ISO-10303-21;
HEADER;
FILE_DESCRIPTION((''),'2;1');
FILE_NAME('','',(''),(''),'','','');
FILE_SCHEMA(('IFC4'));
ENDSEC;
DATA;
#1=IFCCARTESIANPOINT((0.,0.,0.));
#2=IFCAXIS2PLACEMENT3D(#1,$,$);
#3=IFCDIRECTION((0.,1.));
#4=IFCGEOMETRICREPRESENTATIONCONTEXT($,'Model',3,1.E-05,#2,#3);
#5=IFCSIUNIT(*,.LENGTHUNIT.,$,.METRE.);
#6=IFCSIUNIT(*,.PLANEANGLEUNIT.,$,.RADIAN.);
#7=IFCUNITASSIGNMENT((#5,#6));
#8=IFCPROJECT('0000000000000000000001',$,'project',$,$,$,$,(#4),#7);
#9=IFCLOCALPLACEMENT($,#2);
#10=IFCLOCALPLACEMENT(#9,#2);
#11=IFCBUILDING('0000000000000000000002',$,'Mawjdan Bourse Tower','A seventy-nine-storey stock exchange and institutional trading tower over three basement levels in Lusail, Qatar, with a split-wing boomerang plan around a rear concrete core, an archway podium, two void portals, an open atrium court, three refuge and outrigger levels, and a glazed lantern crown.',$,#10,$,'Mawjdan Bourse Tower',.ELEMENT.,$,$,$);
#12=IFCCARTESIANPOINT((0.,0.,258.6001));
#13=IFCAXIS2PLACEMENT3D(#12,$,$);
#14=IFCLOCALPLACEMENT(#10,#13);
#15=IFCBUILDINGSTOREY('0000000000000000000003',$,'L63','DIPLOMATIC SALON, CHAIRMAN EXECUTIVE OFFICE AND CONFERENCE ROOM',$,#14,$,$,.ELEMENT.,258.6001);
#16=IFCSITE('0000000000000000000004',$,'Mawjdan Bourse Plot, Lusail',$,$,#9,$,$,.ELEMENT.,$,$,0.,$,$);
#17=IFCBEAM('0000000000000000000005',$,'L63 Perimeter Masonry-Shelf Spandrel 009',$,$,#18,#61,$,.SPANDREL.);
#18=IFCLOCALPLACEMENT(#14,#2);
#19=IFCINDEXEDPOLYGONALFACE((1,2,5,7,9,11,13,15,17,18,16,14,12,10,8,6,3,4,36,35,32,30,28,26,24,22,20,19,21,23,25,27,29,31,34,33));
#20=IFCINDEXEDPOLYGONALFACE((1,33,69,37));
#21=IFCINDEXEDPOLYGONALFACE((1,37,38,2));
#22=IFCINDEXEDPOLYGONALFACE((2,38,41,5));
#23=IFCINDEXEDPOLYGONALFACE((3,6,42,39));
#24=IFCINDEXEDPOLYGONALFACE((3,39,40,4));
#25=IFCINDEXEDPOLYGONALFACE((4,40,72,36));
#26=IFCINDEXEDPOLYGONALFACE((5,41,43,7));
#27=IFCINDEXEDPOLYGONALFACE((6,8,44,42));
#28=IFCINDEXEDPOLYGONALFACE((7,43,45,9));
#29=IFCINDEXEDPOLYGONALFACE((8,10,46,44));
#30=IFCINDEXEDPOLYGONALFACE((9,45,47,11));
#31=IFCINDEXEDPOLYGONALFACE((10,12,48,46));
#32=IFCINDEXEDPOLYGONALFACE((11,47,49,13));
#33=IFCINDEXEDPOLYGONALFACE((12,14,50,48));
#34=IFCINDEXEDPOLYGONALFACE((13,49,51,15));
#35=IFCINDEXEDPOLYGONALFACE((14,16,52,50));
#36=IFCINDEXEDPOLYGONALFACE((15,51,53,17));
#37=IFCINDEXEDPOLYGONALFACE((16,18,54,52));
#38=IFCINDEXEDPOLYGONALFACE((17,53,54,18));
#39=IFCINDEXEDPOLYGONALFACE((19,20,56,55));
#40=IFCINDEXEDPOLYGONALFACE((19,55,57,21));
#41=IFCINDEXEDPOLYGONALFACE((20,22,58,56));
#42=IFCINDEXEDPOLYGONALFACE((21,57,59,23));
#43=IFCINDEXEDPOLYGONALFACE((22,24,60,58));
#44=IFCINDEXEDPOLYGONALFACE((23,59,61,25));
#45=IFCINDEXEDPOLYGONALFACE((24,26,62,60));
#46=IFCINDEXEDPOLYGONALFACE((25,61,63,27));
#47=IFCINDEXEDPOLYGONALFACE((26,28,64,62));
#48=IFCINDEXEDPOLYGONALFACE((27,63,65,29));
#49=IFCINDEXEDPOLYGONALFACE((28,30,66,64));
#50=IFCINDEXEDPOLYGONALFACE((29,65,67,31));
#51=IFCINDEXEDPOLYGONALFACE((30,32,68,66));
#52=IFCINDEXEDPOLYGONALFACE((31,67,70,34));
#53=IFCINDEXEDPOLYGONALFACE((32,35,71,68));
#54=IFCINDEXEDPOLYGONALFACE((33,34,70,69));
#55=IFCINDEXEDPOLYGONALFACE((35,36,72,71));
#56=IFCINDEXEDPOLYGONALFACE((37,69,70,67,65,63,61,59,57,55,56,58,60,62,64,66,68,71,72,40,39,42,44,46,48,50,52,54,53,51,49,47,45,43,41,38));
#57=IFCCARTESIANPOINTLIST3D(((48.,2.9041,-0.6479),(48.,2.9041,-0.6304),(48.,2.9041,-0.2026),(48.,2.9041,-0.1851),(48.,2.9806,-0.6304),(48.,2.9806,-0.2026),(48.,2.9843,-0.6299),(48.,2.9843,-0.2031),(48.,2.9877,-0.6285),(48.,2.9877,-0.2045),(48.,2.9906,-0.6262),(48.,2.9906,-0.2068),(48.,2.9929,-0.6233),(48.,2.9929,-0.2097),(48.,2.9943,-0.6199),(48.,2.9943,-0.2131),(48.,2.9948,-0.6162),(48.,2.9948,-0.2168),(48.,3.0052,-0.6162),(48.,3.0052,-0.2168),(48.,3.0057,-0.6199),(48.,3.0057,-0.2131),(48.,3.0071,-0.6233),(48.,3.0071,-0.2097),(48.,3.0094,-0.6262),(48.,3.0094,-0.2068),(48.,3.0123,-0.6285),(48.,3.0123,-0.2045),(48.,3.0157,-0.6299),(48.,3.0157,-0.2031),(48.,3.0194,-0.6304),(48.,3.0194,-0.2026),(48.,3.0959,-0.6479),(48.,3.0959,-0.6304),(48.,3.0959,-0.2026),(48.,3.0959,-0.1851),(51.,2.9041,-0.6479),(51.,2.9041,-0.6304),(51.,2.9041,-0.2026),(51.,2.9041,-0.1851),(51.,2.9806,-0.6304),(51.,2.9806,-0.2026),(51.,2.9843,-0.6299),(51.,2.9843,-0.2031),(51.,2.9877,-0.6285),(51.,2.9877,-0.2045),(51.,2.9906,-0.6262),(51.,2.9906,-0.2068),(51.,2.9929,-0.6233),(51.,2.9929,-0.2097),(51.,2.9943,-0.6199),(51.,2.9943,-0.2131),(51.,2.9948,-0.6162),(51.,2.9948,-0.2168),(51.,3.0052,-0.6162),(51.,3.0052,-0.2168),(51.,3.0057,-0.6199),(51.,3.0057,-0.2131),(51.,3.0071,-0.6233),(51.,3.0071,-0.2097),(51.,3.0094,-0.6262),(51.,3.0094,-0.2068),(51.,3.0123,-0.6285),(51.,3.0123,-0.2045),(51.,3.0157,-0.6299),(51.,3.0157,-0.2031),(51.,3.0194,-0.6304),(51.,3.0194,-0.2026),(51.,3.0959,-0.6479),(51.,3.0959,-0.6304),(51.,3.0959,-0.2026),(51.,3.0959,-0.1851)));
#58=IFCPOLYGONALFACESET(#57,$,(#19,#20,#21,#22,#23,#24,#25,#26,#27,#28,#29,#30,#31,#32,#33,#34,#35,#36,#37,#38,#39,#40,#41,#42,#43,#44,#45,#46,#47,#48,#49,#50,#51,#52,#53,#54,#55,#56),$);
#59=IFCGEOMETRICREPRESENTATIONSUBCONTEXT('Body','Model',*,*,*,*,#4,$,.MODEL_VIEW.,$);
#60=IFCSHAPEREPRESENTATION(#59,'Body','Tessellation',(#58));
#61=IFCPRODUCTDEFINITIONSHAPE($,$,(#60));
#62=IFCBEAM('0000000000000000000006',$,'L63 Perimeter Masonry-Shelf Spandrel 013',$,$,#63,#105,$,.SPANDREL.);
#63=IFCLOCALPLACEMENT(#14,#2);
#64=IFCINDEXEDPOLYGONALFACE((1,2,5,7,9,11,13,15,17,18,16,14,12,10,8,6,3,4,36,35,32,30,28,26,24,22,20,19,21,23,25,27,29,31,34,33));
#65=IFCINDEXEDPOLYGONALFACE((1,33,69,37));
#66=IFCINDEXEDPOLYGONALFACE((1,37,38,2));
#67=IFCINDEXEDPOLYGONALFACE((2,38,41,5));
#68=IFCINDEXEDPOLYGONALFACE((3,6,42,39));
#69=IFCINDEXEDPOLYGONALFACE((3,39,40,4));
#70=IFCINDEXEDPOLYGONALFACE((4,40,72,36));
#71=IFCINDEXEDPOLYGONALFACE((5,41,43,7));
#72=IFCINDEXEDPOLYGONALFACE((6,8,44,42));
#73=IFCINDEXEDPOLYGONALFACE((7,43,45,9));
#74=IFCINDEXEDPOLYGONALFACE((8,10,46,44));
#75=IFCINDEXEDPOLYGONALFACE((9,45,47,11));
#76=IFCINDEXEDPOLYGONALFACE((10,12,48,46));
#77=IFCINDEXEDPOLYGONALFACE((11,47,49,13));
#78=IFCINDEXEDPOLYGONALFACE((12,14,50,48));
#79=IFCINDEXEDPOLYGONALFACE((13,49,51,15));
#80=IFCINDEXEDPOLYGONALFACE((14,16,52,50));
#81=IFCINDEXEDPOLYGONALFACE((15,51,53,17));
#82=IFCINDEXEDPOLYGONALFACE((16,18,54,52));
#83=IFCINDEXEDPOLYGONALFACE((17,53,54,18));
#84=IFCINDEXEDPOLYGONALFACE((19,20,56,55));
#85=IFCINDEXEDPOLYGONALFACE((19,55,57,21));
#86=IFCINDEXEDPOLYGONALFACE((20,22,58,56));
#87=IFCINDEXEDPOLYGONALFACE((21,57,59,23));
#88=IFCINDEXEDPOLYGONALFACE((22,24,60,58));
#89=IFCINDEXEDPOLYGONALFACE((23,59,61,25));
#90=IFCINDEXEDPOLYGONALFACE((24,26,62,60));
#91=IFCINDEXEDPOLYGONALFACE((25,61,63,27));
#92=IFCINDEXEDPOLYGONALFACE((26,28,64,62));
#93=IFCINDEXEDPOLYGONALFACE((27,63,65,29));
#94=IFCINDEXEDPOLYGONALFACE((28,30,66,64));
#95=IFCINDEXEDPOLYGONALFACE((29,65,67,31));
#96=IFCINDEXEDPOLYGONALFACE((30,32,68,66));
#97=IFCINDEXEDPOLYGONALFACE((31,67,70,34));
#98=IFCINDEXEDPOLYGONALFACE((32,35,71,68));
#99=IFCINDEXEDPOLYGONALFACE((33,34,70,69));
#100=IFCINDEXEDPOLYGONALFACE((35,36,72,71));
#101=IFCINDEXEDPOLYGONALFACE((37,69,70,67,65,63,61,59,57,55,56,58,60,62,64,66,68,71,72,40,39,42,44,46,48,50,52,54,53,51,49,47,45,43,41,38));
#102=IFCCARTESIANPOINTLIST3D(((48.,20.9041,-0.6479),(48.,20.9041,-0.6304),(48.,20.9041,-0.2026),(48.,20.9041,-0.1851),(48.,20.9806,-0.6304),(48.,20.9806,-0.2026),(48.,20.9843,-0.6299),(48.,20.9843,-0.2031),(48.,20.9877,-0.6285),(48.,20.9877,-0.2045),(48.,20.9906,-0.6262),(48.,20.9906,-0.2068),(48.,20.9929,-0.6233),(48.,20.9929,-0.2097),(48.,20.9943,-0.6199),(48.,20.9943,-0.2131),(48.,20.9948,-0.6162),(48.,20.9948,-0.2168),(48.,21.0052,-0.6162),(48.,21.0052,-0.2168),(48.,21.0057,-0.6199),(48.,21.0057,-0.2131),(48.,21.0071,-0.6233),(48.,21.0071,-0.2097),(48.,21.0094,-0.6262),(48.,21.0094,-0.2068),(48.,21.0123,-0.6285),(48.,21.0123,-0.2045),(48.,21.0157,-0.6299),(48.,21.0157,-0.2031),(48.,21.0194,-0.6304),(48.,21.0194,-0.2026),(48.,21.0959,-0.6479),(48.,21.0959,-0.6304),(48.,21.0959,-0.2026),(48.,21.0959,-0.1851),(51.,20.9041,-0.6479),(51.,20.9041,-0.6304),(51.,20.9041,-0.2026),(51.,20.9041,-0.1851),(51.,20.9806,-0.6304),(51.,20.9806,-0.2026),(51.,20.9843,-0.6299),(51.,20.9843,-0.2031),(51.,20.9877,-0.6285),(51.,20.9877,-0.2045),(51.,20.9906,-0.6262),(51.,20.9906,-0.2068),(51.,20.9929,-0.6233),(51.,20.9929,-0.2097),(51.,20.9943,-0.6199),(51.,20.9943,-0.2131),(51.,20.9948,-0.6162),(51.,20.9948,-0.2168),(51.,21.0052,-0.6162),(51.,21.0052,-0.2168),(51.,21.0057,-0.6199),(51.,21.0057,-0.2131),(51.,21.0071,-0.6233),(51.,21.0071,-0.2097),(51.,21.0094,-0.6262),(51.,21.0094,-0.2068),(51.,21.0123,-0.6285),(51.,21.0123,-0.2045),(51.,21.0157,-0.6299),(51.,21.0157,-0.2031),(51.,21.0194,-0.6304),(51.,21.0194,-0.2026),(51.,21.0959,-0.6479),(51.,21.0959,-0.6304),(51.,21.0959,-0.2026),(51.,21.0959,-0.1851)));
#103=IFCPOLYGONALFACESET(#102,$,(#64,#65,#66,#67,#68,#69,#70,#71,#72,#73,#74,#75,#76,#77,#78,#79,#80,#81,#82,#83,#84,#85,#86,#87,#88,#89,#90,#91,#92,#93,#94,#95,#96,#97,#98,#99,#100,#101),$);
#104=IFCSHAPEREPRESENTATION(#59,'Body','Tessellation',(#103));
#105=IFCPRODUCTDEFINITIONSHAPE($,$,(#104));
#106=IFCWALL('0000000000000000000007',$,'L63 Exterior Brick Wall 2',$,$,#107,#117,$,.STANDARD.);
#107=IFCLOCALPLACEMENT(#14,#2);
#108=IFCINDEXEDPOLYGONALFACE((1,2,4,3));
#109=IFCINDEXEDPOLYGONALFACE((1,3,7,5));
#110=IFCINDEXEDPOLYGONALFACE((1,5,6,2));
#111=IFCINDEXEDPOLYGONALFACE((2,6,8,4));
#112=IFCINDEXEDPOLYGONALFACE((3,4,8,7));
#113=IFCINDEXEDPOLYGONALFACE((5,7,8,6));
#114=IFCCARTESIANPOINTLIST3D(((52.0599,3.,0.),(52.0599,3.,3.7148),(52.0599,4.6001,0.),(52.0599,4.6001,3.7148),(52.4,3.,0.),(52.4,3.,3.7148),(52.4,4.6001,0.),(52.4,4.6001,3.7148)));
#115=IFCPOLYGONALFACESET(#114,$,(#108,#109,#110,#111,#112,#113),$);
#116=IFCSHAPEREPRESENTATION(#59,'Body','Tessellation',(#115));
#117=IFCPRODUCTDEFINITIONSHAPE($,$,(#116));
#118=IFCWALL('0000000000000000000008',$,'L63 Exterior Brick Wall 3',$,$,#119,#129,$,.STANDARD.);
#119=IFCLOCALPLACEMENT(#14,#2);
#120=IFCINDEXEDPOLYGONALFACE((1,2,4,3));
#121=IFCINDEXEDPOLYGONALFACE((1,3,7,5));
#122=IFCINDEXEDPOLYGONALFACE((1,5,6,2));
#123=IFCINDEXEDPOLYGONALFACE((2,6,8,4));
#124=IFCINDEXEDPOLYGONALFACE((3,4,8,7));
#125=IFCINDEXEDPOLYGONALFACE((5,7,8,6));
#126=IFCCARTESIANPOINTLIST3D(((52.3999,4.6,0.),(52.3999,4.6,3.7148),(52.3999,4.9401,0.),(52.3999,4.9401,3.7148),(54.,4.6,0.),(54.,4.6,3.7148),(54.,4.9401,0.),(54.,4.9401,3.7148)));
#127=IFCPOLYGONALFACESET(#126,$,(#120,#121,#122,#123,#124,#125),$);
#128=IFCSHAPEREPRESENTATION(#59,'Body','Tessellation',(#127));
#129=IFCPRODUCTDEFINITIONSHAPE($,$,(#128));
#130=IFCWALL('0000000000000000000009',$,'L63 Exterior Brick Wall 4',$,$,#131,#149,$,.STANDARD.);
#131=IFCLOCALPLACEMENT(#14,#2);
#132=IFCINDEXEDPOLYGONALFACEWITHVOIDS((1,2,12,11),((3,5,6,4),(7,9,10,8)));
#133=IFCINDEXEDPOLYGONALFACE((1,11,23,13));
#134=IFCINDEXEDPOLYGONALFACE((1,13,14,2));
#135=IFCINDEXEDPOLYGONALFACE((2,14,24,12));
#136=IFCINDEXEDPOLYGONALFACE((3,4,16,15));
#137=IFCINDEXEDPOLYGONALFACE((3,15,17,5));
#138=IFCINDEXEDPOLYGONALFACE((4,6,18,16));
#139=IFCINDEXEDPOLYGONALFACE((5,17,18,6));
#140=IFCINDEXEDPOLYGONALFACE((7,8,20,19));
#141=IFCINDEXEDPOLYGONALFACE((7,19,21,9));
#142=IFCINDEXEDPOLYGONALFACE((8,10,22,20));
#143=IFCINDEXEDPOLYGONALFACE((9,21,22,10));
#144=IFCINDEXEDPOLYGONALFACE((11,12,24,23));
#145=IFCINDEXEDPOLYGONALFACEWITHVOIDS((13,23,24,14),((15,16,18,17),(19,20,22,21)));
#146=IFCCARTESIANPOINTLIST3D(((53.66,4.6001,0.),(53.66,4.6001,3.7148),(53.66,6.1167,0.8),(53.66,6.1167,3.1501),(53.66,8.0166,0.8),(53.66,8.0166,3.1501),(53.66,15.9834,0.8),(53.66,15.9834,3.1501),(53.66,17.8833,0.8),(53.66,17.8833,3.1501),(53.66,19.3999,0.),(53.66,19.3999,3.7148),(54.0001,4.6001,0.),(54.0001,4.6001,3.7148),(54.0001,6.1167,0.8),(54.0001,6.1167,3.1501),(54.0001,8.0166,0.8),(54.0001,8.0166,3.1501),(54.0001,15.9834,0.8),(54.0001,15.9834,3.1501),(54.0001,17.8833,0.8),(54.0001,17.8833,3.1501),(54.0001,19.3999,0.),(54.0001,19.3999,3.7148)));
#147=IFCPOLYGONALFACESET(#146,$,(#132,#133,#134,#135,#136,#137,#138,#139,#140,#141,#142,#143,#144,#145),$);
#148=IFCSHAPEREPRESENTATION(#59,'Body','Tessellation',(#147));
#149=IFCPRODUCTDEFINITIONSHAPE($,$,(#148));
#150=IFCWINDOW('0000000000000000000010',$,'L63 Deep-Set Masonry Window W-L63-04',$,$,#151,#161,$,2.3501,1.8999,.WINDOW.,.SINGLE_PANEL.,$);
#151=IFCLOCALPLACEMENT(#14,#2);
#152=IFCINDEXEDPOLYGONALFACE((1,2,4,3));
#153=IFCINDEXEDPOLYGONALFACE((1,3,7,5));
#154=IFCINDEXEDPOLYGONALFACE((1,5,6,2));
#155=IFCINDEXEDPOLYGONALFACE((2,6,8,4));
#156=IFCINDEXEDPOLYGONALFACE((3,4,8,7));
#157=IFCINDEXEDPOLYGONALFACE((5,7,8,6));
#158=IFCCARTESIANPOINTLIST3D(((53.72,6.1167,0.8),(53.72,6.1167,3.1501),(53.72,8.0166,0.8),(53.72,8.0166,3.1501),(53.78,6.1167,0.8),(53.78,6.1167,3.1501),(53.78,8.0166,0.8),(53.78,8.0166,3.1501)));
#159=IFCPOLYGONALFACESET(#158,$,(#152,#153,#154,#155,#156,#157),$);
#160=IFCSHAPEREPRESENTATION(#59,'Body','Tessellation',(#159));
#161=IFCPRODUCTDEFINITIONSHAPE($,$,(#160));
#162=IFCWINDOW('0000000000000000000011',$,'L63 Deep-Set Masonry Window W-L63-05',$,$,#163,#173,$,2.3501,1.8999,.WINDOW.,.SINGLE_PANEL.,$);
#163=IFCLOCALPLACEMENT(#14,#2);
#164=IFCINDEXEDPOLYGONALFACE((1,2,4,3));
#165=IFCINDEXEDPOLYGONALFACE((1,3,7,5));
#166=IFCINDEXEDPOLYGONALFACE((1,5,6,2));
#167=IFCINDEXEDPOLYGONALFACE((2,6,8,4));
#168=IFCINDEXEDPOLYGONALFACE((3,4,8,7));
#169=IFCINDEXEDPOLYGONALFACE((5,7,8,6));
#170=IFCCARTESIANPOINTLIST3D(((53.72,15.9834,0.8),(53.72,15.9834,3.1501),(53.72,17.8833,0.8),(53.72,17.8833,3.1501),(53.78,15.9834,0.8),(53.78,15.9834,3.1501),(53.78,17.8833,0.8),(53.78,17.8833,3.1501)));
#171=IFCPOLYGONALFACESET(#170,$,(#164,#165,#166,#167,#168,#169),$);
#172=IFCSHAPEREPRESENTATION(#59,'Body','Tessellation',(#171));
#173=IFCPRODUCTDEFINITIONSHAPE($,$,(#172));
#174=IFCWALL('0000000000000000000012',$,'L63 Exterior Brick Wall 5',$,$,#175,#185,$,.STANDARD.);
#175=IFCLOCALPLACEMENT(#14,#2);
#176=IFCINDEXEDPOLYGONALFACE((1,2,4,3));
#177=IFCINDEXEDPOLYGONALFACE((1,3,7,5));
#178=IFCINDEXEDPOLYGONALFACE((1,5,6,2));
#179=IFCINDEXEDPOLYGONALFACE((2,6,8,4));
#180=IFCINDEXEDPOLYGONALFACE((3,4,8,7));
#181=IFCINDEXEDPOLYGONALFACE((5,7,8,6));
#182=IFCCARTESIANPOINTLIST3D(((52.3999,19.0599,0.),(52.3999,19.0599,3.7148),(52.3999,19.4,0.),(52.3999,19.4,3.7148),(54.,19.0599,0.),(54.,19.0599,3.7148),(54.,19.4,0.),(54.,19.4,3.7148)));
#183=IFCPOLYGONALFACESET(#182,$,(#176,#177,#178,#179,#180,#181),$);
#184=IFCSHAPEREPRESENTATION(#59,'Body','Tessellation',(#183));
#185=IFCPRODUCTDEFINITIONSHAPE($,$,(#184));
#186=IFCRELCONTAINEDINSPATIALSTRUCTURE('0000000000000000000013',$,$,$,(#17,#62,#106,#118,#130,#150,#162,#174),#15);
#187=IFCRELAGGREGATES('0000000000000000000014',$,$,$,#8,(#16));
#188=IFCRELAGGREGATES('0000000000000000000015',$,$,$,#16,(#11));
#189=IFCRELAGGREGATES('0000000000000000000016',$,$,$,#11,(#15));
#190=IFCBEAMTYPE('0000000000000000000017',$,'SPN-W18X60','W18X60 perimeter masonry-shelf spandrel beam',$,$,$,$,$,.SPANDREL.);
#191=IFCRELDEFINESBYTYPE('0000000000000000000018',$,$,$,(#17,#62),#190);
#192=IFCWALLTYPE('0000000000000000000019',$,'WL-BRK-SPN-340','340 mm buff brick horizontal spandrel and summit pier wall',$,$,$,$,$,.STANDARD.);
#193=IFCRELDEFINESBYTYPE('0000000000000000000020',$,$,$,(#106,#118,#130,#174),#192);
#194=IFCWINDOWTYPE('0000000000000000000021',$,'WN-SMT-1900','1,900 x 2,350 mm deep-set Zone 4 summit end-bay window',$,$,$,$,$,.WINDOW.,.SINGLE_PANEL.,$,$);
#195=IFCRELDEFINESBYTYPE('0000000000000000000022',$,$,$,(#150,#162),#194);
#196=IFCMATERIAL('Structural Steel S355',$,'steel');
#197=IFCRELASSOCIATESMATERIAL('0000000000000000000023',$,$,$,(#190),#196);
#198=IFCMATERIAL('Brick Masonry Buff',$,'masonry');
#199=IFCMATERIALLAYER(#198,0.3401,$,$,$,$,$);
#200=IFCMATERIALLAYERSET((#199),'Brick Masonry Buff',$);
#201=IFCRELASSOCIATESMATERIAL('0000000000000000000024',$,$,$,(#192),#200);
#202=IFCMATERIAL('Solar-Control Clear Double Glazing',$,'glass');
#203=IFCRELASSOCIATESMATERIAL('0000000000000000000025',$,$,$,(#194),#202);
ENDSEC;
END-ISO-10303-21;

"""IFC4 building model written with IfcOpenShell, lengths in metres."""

from ifc_helpers import new_model, si_unit, direction, frame, frame_2d, origin, origin_2d, place, context, subcontext, project, spatial, rectangle, i_section, extrude, material, layer, layer_set, material_profile, profile_set, type_object, element, fill, save


model = new_model("IFC4")

# Units and contexts
model_context = context("Model", 3, precision=1e-05, world=origin(), true_north=direction((0.0, 1.0)))
body_context = subcontext(model_context, "Body", "Model", "MODEL_VIEW")
ifc_project = project(units=[si_unit("LENGTHUNIT", "METRE"), si_unit("PLANEANGLEUNIT", "RADIAN")], contexts=[model_context])

# Site, building, storey
site_placement = place(None, origin())
site = spatial("IfcSite", under=ifc_project, at=site_placement, Name="Mawjdan Bourse Plot, Lusail", CompositionType="ELEMENT", RefElevation=0.0)
building_placement = place(site_placement, origin())
building = spatial("IfcBuilding", under=site, at=building_placement, Name="Mawjdan Bourse Tower", Description="A seventy-nine-storey stock exchange and institutional trading tower over three basement levels in Lusail, Qatar, with a split-wing boomerang plan around a rear concrete core, an archway podium, two void portals, an open atrium court, three refuge and outrigger levels, and a glazed lantern crown.", LongName="Mawjdan Bourse Tower", CompositionType="ELEMENT")
storey_placement = place(building_placement, frame((0.0, 0.0, 258.6001)))
storey = spatial("IfcBuildingStorey", under=building, at=storey_placement, Name="L63", Description="DIPLOMATIC SALON, CHAIRMAN EXECUTIVE OFFICE AND CONFERENCE ROOM", CompositionType="ELEMENT", Elevation=258.6001)

# Beams
ifc_material_1 = material(Name="Structural Steel S355", Category="steel")
ifc_material_profile_1 = material_profile(ifc_material_1, i_section(OverallWidth=0.1919, OverallDepth=0.4629, WebThickness=0.0105, FlangeThickness=0.0176, FilletRadius=0.0142, at=origin_2d()), Name="W18X60")
ifc_profile_set_1 = profile_set([ifc_material_profile_1], Name="Structural Steel S355")
beam_type_1 = type_object("IfcBeamType", Name="SPN-W18X60", Description="W18X60 perimeter masonry-shelf spandrel beam", PredefinedType="SPANDREL", material=ifc_profile_set_1)
for number, where, z_axis, x_axis, name in (
    (1, (48.0, 3.0, -0.4165), (1.0, 0.0, 0.0), (0.0, 1.0, 0.0), "L63 Perimeter Masonry-Shelf Spandrel 009"),
    (2, (48.0, 21.0, -0.4165), (1.0, 0.0, 0.0), (0.0, 1.0, 0.0), "L63 Perimeter Masonry-Shelf Spandrel 013"),
):
    element("IfcBeam", number, at=place(storey_placement, frame(where, z_axis=z_axis, x_axis=x_axis)), inside=storey, type_object=beam_type_1, Name=name, PredefinedType="SPANDREL", context=body_context, shape_type="SweptSolid", body=[
        extrude(i_section(OverallWidth=0.1919, OverallDepth=0.4629, WebThickness=0.0105, FlangeThickness=0.0176, FilletRadius=0.0142, at=origin_2d()), origin(), (0.0, 0.0, 1.0), 3.0),
    ])

# Walls
ifc_material_2 = material(Name="Brick Masonry Buff", Category="masonry")
ifc_layer = layer(ifc_material_2, 0.3401)
ifc_layer_set = layer_set([ifc_layer], Name="Brick Masonry Buff")
wall_type = type_object("IfcWallType", Name="WL-BRK-SPN-340", Description="340 mm buff brick horizontal spandrel and summit pier wall", PredefinedType="STANDARD", material=ifc_layer_set)
for number, where, z_axis, x_axis, name in (
    (3, (52.23, 3.0, 0.0), (0.0, 0.0, 1.0), (0.0, 1.0, 0.0), "L63 Exterior Brick Wall 2"),
    (4, (52.3999, 4.77, 0.0), (0.0, 0.0, 1.0), (1.0, 0.0, 0.0), "L63 Exterior Brick Wall 3"),
):
    element("IfcWall", number, at=place(storey_placement, frame(where, z_axis=z_axis, x_axis=x_axis)), inside=storey, type_object=wall_type, Name=name, PredefinedType="STANDARD", context=body_context, shape_type="SweptSolid", body=[
        extrude(rectangle(XDim=1.6001, YDim=0.3401, at=frame_2d((0.8, 0.0))), origin(), (0.0, 0.0, 1.0), 3.7148),
    ])

# Wall, openings, windows
wall_1_placement = place(storey_placement, frame((53.8301, 4.6001, 0.0), z_axis=(0.0, 0.0, 1.0), x_axis=(0.0, 1.0, 0.0)))
wall_1 = element("IfcWall", 5, at=wall_1_placement, inside=storey, type_object=wall_type, Name="L63 Exterior Brick Wall 4", PredefinedType="STANDARD", context=body_context, shape_type="SweptSolid", body=[
    extrude(rectangle(XDim=14.7998, YDim=0.3401, at=frame_2d((7.3999, 0.0))), origin(), (0.0, 0.0, 1.0), 3.7148),
])
opening_1_placement = place(wall_1_placement, frame((1.5166, 0.0, 0.8)))
opening_1 = element("IfcOpeningElement", 6, at=opening_1_placement, cuts=wall_1, PredefinedType="OPENING", context=body_context, shape_type="SweptSolid", body=[
    extrude(rectangle(XDim=1.8999, YDim=2.3501, at=frame_2d((0.95, 1.175))), frame((0.0, 0.1802, 0.0), z_axis=(0.0, -1.0, 0.0), x_axis=(1.0, 0.0, 0.0)), (0.0, 0.0, 1.0), 0.3601),
])
opening_2_placement = place(wall_1_placement, frame((11.3833, 0.0, 0.8)))
opening_2 = element("IfcOpeningElement", 7, at=opening_2_placement, cuts=wall_1, PredefinedType="OPENING", context=body_context, shape_type="SweptSolid", body=[
    extrude(rectangle(XDim=1.8999, YDim=2.3501, at=frame_2d((0.95, 1.175))), frame((0.0, 0.1802, 0.0), z_axis=(0.0, -1.0, 0.0), x_axis=(1.0, 0.0, 0.0)), (0.0, 0.0, 1.0), 0.3601),
])
ifc_material_3 = material(Name="Solar-Control Clear Double Glazing", Category="glass")
window_type_1 = type_object("IfcWindowType", Name="WN-SMT-1900", Description="1,900 x 2,350 mm deep-set Zone 4 summit end-bay window", PartitioningType="SINGLE_PANEL", PredefinedType="WINDOW", material=ifc_material_3)
window_1_placement = place(opening_1_placement, origin())
window_1 = element("IfcWindow", 8, at=window_1_placement, inside=storey, type_object=window_type_1, Name="L63 Deep-Set Masonry Window W-L63-04", OverallHeight=2.3501, OverallWidth=1.8999, PartitioningType="SINGLE_PANEL", PredefinedType="WINDOW", context=body_context, shape_type="SweptSolid", body=[
    extrude(rectangle(XDim=1.8999, YDim=2.3501, at=frame_2d((0.95, 1.175))), frame((0.0, 0.1101, 0.0), z_axis=(0.0, -1.0, 0.0), x_axis=(1.0, 0.0, 0.0)), (0.0, 0.0, 1.0), 0.0601),
])
fill(opening_1, window_1)
window_2_placement = place(opening_2_placement, origin())
window_2 = element("IfcWindow", 9, at=window_2_placement, inside=storey, type_object=window_type_1, Name="L63 Deep-Set Masonry Window W-L63-05", OverallHeight=2.3501, OverallWidth=1.8999, PartitioningType="SINGLE_PANEL", PredefinedType="WINDOW", context=body_context, shape_type="SweptSolid", body=[
    extrude(rectangle(XDim=1.8999, YDim=2.3501, at=frame_2d((0.95, 1.175))), frame((0.0, 0.1101, 0.0), z_axis=(0.0, -1.0, 0.0), x_axis=(1.0, 0.0, 0.0)), (0.0, 0.0, 1.0), 0.0601),
])
fill(opening_2, window_2)

# Wall
for number, where, z_axis, x_axis, name in (
    (10, (54.0, 19.23, 0.0), (0.0, 0.0, 1.0), (-1.0, 0.0, 0.0), "L63 Exterior Brick Wall 5"),
):
    element("IfcWall", number, at=place(storey_placement, frame(where, z_axis=z_axis, x_axis=x_axis)), inside=storey, type_object=wall_type, Name=name, PredefinedType="STANDARD", context=body_context, shape_type="SweptSolid", body=[
        extrude(rectangle(XDim=1.6001, YDim=0.3401, at=frame_2d((0.8, 0.0))), origin(), (0.0, 0.0, 1.0), 3.7148),
    ])

save(model, "model.ifc")
